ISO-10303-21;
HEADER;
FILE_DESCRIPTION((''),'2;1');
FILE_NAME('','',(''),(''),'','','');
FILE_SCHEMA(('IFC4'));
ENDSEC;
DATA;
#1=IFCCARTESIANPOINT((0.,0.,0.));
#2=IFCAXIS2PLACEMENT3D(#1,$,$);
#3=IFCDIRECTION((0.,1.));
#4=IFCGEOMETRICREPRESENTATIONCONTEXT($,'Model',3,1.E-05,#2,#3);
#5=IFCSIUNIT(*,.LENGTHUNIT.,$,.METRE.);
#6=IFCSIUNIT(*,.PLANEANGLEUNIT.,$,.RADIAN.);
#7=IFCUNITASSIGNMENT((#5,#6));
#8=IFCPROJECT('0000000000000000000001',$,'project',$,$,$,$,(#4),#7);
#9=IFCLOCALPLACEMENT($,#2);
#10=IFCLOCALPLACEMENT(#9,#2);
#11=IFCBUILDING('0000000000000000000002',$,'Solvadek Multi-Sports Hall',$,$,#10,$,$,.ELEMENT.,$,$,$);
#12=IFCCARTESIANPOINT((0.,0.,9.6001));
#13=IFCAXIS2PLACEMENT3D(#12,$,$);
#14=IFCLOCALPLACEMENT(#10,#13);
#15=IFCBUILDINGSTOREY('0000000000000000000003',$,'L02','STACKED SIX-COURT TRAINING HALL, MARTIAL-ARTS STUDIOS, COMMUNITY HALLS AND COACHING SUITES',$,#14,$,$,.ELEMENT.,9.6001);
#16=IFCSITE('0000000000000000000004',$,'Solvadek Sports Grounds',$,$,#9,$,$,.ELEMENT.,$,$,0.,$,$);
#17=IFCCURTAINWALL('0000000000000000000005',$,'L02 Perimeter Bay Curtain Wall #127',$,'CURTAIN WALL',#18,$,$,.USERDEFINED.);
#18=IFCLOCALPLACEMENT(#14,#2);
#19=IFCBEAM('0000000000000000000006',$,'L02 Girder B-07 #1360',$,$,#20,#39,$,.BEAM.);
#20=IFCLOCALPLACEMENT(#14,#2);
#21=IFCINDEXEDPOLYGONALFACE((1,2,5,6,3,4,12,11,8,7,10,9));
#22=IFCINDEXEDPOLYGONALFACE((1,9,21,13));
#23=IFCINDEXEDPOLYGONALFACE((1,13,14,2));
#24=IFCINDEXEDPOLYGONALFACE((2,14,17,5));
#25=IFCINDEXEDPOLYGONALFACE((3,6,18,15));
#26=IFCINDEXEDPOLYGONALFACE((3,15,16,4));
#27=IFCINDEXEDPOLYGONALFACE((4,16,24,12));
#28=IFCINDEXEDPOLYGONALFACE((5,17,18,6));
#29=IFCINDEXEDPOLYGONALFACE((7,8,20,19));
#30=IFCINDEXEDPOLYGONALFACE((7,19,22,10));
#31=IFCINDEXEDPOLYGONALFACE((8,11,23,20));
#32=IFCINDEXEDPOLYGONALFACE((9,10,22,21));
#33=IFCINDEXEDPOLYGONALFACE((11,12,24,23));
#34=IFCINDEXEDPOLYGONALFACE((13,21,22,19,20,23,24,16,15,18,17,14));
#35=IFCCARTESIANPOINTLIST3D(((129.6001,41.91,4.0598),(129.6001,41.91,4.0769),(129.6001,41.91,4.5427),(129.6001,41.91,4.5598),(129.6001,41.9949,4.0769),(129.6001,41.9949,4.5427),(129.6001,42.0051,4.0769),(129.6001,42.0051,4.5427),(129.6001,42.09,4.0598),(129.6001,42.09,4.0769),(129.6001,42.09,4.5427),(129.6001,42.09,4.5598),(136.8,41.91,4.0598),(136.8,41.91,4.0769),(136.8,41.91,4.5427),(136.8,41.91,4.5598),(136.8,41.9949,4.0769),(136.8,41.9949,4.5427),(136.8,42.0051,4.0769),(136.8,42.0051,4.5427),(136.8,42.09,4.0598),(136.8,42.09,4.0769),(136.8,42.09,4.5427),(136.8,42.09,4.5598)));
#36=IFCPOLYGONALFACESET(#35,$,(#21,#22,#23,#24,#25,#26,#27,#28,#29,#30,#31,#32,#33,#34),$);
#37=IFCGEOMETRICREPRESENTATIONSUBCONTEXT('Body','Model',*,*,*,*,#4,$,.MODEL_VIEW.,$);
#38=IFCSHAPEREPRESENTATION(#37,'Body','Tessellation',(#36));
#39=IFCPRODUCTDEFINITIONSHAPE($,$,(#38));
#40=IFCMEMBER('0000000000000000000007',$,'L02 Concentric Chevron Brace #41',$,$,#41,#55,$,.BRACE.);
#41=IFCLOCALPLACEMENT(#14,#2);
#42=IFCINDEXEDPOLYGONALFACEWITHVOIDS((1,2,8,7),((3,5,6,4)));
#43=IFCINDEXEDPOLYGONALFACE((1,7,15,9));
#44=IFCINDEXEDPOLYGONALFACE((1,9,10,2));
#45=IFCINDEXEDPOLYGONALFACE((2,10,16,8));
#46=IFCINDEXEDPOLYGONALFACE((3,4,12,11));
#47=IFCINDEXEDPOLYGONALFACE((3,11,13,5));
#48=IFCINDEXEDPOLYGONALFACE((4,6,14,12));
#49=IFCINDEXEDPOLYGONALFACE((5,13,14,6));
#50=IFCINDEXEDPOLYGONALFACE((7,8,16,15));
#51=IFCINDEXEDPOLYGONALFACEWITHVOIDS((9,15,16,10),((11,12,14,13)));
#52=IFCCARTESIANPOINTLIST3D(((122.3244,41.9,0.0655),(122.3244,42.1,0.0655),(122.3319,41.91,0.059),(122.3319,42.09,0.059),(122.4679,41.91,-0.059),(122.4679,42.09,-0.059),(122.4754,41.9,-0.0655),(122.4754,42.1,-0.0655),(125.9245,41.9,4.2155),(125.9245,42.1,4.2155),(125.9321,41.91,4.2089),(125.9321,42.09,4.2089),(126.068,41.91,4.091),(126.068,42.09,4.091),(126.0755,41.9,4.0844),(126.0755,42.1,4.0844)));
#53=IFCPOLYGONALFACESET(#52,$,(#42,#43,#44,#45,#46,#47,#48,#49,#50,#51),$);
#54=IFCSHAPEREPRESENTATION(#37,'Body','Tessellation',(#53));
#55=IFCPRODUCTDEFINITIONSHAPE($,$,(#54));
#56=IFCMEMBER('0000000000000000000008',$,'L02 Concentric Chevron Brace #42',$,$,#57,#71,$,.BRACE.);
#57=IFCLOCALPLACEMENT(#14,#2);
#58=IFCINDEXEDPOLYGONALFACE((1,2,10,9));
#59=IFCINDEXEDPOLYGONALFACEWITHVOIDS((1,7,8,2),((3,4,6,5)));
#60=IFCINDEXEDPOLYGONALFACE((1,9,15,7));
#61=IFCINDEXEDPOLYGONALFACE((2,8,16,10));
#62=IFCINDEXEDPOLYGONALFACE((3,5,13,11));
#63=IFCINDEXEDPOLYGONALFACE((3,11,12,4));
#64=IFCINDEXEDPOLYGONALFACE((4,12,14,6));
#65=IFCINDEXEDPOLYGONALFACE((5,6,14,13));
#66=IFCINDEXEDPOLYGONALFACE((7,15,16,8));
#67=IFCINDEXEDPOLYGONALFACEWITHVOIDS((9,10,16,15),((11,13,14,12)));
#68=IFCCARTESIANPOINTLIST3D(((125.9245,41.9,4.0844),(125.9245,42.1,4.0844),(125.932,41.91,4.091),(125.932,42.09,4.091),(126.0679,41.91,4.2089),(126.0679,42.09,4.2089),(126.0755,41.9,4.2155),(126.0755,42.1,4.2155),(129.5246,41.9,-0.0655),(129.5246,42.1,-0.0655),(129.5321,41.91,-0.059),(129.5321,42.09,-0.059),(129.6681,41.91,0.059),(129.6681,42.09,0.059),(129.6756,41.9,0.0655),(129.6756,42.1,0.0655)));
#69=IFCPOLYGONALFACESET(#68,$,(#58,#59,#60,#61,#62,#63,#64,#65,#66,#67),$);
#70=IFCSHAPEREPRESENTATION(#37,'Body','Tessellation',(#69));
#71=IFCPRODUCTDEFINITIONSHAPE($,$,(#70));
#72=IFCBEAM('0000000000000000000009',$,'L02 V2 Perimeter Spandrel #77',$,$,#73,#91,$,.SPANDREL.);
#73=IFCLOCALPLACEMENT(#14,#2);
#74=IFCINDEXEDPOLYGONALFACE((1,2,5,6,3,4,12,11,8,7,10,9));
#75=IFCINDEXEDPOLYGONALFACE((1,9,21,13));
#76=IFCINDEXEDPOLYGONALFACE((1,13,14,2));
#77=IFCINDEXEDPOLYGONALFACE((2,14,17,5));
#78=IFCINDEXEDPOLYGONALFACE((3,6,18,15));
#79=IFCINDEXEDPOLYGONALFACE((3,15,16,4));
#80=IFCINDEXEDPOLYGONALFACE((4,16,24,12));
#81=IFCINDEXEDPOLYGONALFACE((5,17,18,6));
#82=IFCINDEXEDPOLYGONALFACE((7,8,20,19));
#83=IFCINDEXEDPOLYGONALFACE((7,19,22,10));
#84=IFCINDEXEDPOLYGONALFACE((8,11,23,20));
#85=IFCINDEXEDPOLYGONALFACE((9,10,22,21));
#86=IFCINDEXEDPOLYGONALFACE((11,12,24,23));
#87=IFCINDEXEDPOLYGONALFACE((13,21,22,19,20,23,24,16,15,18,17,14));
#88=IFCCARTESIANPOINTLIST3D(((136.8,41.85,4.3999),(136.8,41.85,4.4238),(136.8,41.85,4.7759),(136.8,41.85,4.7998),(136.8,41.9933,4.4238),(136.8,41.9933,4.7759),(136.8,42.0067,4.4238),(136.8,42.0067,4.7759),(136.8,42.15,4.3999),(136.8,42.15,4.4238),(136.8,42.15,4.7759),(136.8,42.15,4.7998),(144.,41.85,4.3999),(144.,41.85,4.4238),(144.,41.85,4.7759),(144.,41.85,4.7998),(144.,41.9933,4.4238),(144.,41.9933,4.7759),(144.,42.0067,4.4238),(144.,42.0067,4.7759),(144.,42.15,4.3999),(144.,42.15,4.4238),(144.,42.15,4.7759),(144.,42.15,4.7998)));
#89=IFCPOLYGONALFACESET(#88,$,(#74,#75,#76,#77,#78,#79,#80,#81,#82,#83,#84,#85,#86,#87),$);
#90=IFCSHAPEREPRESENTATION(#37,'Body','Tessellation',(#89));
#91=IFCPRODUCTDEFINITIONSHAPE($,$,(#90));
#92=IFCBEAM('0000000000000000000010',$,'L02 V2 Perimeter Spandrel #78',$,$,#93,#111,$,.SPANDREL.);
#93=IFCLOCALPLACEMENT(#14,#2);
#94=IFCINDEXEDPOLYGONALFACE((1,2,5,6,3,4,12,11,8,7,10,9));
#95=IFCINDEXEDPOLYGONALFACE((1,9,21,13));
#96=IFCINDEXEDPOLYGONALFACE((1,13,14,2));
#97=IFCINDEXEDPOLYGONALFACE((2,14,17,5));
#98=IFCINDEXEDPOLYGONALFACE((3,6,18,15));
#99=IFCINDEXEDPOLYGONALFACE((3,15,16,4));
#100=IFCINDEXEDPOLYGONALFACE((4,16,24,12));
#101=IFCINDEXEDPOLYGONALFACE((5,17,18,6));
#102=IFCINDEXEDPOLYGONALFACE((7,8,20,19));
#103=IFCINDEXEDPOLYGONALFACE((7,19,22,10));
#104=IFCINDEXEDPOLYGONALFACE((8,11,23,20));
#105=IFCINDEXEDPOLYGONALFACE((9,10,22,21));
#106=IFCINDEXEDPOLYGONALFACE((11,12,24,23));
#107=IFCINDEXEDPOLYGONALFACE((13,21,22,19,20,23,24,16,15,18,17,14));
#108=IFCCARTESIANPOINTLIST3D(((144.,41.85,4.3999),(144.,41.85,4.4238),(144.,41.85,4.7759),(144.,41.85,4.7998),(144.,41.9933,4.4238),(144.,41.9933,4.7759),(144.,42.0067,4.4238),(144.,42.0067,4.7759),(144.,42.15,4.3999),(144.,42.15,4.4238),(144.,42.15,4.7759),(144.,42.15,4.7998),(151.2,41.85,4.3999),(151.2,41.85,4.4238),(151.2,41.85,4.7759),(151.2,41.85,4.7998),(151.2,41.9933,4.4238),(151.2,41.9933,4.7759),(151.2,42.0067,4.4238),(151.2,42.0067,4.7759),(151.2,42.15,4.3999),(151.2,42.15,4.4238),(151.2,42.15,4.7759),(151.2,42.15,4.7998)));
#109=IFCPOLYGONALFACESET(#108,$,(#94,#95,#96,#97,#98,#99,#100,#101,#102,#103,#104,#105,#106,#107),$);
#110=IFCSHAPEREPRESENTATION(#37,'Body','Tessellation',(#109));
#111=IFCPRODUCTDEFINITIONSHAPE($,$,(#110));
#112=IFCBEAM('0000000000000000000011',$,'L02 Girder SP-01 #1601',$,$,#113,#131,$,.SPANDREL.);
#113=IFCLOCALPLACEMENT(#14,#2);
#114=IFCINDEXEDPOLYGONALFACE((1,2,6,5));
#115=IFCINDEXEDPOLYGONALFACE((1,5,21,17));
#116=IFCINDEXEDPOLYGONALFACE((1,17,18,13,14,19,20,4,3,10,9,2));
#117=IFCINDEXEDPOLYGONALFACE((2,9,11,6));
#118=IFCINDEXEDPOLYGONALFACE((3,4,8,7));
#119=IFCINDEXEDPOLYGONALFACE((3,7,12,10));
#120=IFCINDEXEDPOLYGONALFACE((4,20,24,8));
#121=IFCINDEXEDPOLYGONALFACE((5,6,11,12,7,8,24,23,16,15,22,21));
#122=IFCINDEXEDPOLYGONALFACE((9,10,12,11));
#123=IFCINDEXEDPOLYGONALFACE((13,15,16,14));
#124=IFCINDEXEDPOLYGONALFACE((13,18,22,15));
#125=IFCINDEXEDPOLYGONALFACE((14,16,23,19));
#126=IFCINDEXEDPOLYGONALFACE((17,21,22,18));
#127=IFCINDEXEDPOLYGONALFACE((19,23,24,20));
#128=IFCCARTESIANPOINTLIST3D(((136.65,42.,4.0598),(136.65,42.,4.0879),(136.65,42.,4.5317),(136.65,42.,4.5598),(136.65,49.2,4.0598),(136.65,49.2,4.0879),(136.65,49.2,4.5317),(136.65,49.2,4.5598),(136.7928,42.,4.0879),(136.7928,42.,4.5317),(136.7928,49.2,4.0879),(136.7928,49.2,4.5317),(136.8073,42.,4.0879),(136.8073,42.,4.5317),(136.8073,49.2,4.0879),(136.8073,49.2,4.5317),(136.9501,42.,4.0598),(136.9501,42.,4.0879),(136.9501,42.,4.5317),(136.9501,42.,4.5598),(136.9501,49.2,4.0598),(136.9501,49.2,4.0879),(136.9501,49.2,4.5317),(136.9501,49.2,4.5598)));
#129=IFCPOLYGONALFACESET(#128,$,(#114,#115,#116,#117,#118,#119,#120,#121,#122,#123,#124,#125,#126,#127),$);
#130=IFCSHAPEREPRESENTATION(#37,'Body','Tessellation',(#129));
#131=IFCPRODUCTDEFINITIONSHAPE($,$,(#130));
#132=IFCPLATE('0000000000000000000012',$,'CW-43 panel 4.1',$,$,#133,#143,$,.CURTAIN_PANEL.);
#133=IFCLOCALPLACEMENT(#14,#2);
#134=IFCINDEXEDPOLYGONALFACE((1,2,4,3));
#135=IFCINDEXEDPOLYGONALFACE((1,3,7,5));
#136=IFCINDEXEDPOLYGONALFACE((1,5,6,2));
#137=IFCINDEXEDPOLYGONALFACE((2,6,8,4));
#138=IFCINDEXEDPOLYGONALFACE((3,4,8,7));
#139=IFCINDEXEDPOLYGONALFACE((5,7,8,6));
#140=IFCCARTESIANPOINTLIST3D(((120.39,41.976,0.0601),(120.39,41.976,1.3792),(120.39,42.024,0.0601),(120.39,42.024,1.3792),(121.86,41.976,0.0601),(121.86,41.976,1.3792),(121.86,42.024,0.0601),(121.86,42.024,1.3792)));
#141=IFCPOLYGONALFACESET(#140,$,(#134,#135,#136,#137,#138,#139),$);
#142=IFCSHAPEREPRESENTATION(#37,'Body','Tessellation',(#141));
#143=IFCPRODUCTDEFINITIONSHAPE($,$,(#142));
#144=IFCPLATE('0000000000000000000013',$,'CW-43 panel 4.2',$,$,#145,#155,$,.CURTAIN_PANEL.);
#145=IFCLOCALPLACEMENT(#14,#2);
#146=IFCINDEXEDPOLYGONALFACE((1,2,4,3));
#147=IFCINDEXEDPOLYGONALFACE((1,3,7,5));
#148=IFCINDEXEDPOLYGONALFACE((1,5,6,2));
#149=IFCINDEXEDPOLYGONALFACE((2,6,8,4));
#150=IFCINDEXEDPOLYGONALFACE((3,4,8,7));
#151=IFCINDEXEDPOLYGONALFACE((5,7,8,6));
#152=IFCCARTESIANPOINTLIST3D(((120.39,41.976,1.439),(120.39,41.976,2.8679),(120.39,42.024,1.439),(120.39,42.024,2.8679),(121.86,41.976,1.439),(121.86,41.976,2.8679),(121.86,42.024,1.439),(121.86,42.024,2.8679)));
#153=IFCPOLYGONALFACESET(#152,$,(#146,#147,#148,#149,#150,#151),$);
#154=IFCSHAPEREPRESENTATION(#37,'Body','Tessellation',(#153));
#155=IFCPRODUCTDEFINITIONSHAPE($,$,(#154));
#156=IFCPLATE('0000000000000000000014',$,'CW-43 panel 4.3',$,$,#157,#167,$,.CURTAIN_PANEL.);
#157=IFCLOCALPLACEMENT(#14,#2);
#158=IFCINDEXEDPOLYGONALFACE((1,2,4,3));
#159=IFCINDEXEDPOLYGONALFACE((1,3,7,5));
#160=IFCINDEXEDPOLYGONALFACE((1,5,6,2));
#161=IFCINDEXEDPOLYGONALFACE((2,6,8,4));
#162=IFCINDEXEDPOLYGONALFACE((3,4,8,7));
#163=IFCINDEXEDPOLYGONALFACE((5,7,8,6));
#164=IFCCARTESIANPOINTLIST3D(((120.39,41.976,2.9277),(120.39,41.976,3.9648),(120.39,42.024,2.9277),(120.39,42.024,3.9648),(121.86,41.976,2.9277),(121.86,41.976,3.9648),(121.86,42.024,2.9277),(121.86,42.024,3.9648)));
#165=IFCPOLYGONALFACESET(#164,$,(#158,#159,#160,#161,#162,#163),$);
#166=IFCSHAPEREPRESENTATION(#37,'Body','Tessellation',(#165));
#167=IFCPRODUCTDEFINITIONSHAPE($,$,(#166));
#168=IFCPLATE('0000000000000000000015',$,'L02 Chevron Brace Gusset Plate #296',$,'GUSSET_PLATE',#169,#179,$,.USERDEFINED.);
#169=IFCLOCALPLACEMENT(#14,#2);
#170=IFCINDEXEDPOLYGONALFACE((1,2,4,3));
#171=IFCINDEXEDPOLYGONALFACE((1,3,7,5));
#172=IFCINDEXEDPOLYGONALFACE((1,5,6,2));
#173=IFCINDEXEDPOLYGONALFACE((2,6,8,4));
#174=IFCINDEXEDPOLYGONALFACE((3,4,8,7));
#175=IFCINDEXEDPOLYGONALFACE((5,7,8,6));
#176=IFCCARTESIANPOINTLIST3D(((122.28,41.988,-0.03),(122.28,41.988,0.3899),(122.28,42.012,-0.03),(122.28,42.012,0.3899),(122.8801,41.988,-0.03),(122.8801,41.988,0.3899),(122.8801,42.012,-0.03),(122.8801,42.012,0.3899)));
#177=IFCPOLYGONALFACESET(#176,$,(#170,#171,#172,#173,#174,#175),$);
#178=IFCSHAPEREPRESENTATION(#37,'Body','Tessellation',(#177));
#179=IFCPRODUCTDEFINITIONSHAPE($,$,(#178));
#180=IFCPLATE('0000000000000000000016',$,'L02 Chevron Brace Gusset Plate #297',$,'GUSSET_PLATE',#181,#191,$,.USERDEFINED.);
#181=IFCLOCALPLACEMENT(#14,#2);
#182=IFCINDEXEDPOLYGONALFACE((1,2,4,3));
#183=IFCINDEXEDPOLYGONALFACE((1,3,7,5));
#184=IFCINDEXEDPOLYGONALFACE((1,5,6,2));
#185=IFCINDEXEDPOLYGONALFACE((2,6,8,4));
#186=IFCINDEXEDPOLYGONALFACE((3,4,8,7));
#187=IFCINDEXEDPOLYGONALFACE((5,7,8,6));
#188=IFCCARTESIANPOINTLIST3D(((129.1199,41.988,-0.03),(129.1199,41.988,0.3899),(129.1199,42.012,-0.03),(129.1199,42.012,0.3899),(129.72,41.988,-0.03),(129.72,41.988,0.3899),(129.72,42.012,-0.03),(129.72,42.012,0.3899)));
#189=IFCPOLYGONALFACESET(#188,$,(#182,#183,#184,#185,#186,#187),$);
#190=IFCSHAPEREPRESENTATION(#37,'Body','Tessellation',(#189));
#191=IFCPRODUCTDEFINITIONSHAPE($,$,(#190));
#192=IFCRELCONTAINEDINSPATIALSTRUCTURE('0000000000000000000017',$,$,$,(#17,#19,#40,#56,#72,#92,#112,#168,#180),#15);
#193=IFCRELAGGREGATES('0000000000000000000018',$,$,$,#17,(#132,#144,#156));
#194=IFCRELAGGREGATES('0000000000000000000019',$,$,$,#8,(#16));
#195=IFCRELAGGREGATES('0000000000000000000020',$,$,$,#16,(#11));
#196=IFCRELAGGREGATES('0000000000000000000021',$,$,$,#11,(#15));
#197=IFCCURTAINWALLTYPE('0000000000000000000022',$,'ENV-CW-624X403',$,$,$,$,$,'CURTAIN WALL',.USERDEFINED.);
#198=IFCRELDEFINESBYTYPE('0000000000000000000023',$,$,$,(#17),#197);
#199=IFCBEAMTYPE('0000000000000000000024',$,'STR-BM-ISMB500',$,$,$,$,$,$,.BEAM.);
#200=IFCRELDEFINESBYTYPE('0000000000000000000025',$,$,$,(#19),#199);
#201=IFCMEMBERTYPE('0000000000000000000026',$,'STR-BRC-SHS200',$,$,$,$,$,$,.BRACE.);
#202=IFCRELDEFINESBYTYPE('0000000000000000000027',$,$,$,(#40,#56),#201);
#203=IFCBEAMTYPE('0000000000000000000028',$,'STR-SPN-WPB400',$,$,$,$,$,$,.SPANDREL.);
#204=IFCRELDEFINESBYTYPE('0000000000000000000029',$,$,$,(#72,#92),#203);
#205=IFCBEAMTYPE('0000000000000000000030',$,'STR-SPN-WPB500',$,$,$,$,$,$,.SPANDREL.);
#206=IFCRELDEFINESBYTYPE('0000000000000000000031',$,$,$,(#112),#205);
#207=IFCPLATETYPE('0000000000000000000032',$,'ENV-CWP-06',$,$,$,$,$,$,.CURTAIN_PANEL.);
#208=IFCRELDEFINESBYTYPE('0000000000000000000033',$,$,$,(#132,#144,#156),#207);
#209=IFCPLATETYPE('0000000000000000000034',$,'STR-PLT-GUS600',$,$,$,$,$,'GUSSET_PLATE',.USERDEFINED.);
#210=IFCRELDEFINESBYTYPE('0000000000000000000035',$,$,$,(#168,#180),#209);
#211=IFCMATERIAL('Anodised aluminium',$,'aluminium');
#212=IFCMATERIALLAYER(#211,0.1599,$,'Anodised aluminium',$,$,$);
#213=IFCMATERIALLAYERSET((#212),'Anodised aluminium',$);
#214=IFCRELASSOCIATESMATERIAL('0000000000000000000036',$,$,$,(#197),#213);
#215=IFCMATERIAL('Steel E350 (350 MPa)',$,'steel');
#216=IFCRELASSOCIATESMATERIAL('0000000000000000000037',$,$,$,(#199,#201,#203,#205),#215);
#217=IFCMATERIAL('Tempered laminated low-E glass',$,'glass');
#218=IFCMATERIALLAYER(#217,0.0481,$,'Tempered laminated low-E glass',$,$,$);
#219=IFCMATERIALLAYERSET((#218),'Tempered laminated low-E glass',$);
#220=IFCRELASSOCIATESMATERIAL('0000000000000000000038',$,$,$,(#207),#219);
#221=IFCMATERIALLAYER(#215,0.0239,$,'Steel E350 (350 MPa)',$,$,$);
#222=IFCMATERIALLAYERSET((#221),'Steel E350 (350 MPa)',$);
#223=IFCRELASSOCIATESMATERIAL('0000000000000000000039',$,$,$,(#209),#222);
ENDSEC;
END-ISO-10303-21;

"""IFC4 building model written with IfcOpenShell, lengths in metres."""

from ifc_helpers import new_model, si_unit, direction, frame, origin, origin_2d, place, context, subcontext, project, spatial, rectangle, hollow_rectangle, i_section, extrude, material, layer, layer_set, material_profile, profile_set, type_object, element, aggregate, save


model = new_model("IFC4")

# Units and contexts
model_context = context("Model", 3, precision=1e-05, world=origin(), true_north=direction((0.0, 1.0)))
body_context = subcontext(model_context, "Body", "Model", "MODEL_VIEW")
ifc_project = project(units=[si_unit("LENGTHUNIT", "METRE"), si_unit("PLANEANGLEUNIT", "RADIAN")], contexts=[model_context])

# Site, building, storey
site_placement = place(None, origin())
site = spatial("IfcSite", under=ifc_project, at=site_placement, Name="Solvadek Sports Grounds", CompositionType="ELEMENT", RefElevation=0.0)
building_placement = place(site_placement, origin())
building = spatial("IfcBuilding", under=site, at=building_placement, Name="Solvadek Multi-Sports Hall", CompositionType="ELEMENT")
storey_placement = place(building_placement, frame((0.0, 0.0, 9.6001)))
storey = spatial("IfcBuildingStorey", under=building, at=storey_placement, Name="L02", Description="STACKED SIX-COURT TRAINING HALL, MARTIAL-ARTS STUDIOS, COMMUNITY HALLS AND COACHING SUITES", CompositionType="ELEMENT", Elevation=9.6001)

# Shared definitions
ifc_material_1 = material(Name="Steel E350 (350 MPa)", Category="steel")

# Curtain wall
ifc_material_2 = material(Name="Anodised aluminium", Category="aluminium")
ifc_layer_1 = layer(ifc_material_2, 0.1599, Name="Anodised aluminium")
ifc_layer_set_1 = layer_set([ifc_layer_1], Name="Anodised aluminium")
curtain_wall_type = type_object("IfcCurtainWallType", Name="ENV-CW-624X403", ElementType="CURTAIN WALL", PredefinedType="USERDEFINED", material=ifc_layer_set_1)
curtain_wall_placement = place(storey_placement, origin())
curtain_wall = element("IfcCurtainWall", 1, at=curtain_wall_placement, inside=storey, type_object=curtain_wall_type, Name="L02 Perimeter Bay Curtain Wall #127", ObjectType="CURTAIN WALL", PredefinedType="USERDEFINED")

# Beam
ifc_material_profile_1 = material_profile(ifc_material_1, i_section(OverallWidth=0.1799, OverallDepth=0.5, WebThickness=0.0103, FlangeThickness=0.0171, at=origin_2d()), Name="ISMB 500")
ifc_profile_set_1 = profile_set([ifc_material_profile_1], Name="Steel E350 (350 MPa)")
beam_type_1 = type_object("IfcBeamType", Name="STR-BM-ISMB500", PredefinedType="BEAM", material=ifc_profile_set_1)
beam_1_placement = place(storey_placement, frame((129.6001, 42.0, 4.3098), z_axis=(1.0, 0.0, 0.0), x_axis=(0.0, 1.0, 0.0)))
element("IfcBeam", 2, at=beam_1_placement, inside=storey, type_object=beam_type_1, Name="L02 Girder B-07 #1360", PredefinedType="BEAM", context=body_context, shape_type="SweptSolid", body=[
    extrude(i_section(OverallWidth=0.1799, OverallDepth=0.5, WebThickness=0.0103, FlangeThickness=0.0171, at=origin_2d()), origin(), (0.0, 0.0, 1.0), 7.2),
])

# Members
ifc_material_profile_2 = material_profile(ifc_material_1, hollow_rectangle(XDim=0.2, YDim=0.2, WallThickness=0.01, at=origin_2d()), Name="SHS 200x200x10")
ifc_profile_set_2 = profile_set([ifc_material_profile_2], Name="Steel E350 (350 MPa)")
member_type_1 = type_object("IfcMemberType", Name="STR-BRC-SHS200", PredefinedType="BRACE", material=ifc_profile_set_2)
for number, where, z_axis, x_axis, name in (
    (3, (122.3999, 42.0, 0.0), (0.655296, 0.0, 0.755372), (0.0, 1.0, 0.0), "L02 Concentric Chevron Brace #41"),
    (4, (129.6001, 42.0, 0.0), (-0.655296, 0.0, 0.755372), (0.0, -1.0, 0.0), "L02 Concentric Chevron Brace #42"),
):
    element("IfcMember", number, at=place(storey_placement, frame(where, z_axis=z_axis, x_axis=x_axis)), inside=storey, type_object=member_type_1, Name=name, PredefinedType="BRACE", context=body_context, shape_type="SweptSolid", body=[
        extrude(hollow_rectangle(XDim=0.2, YDim=0.2, WallThickness=0.01, at=origin_2d()), origin(), (0.0, 0.0, 1.0), 5.4939),
    ])

# Beams
ifc_material_profile_3 = material_profile(ifc_material_1, i_section(OverallWidth=0.3, OverallDepth=0.3999, WebThickness=0.0134, FlangeThickness=0.0239, at=origin_2d()), Name="WPB 400")
ifc_profile_set_3 = profile_set([ifc_material_profile_3], Name="Steel E350 (350 MPa)")
beam_type_2 = type_object("IfcBeamType", Name="STR-SPN-WPB400", PredefinedType="SPANDREL", material=ifc_profile_set_3)
for number, where, z_axis, x_axis, name in (
    (5, (136.8, 42.0, 4.5999), (1.0, 0.0, 0.0), (0.0, 1.0, 0.0), "L02 V2 Perimeter Spandrel #77"),
    (6, (144.0, 42.0, 4.5999), (1.0, 0.0, 0.0), (0.0, 1.0, 0.0), "L02 V2 Perimeter Spandrel #78"),
):
    element("IfcBeam", number, at=place(storey_placement, frame(where, z_axis=z_axis, x_axis=x_axis)), inside=storey, type_object=beam_type_2, Name=name, PredefinedType="SPANDREL", context=body_context, shape_type="SweptSolid", body=[
        extrude(i_section(OverallWidth=0.3, OverallDepth=0.3999, WebThickness=0.0134, FlangeThickness=0.0239, at=origin_2d()), origin(), (0.0, 0.0, 1.0), 7.2),
    ])
ifc_material_profile_4 = material_profile(ifc_material_1, i_section(OverallWidth=0.3, OverallDepth=0.5, WebThickness=0.0144, FlangeThickness=0.0281, at=origin_2d()), Name="WPB 500")
ifc_profile_set_4 = profile_set([ifc_material_profile_4], Name="Steel E350 (350 MPa)")
beam_type_3 = type_object("IfcBeamType", Name="STR-SPN-WPB500", PredefinedType="SPANDREL", material=ifc_profile_set_4)
beam_2_placement = place(storey_placement, frame((136.8, 42.0, 4.3098), z_axis=(0.0, 1.0, 0.0), x_axis=(-1.0, 0.0, 0.0)))
element("IfcBeam", 7, at=beam_2_placement, inside=storey, type_object=beam_type_3, Name="L02 Girder SP-01 #1601", PredefinedType="SPANDREL", context=body_context, shape_type="SweptSolid", body=[
    extrude(i_section(OverallWidth=0.3, OverallDepth=0.5, WebThickness=0.0144, FlangeThickness=0.0281, at=origin_2d()), origin(), (0.0, 0.0, 1.0), 7.2),
])

# Plates
ifc_material_3 = material(Name="Tempered laminated low-E glass", Category="glass")
ifc_layer_2 = layer(ifc_material_3, 0.0481, Name="Tempered laminated low-E glass")
ifc_layer_set_2 = layer_set([ifc_layer_2], Name="Tempered laminated low-E glass")
plate_type_1 = type_object("IfcPlateType", Name="ENV-CWP-06", PredefinedType="CURTAIN_PANEL", material=ifc_layer_set_2)
plate_1_placement = place(storey_placement, frame((121.125, 42.0, 0.0601), z_axis=(0.0, 0.0, 1.0), x_axis=(1.0, 0.0, 0.0)))
plate_1 = element("IfcPlate", 8, at=plate_1_placement, type_object=plate_type_1, Name="CW-43 panel 4.1", PredefinedType="CURTAIN_PANEL", context=body_context, shape_type="SweptSolid", body=[
    extrude(rectangle(XDim=1.47, YDim=0.0481, at=origin_2d()), origin(), (0.0, 0.0, 1.0), 1.3191),
])
plate_2_placement = place(storey_placement, frame((121.125, 42.0, 1.439), z_axis=(0.0, 0.0, 1.0), x_axis=(1.0, 0.0, 0.0)))
plate_2 = element("IfcPlate", 9, at=plate_2_placement, type_object=plate_type_1, Name="CW-43 panel 4.2", PredefinedType="CURTAIN_PANEL", context=body_context, shape_type="SweptSolid", body=[
    extrude(rectangle(XDim=1.47, YDim=0.0481, at=origin_2d()), origin(), (0.0, 0.0, 1.0), 1.429),
])
plate_3_placement = place(storey_placement, frame((121.125, 42.0, 2.9277), z_axis=(0.0, 0.0, 1.0), x_axis=(1.0, 0.0, 0.0)))
plate_3 = element("IfcPlate", 10, at=plate_3_placement, type_object=plate_type_1, Name="CW-43 panel 4.3", PredefinedType="CURTAIN_PANEL", context=body_context, shape_type="SweptSolid", body=[
    extrude(rectangle(XDim=1.47, YDim=0.0481, at=origin_2d()), origin(), (0.0, 0.0, 1.0), 1.0371),
])
aggregate(curtain_wall, [plate_1, plate_2, plate_3])

# Plates
ifc_layer_3 = layer(ifc_material_1, 0.0239, Name="Steel E350 (350 MPa)")
ifc_layer_set_3 = layer_set([ifc_layer_3], Name="Steel E350 (350 MPa)")
plate_type_2 = type_object("IfcPlateType", Name="STR-PLT-GUS600", ElementType="GUSSET_PLATE", PredefinedType="USERDEFINED", material=ifc_layer_set_3)
for number, where, z_axis, x_axis, name in (
    (11, (122.5801, 42.0, -0.03), (0.0, 0.0, 1.0), (1.0, 0.0, 0.0), "L02 Chevron Brace Gusset Plate #296"),
    (12, (129.4199, 42.0, -0.03), (0.0, 0.0, 1.0), (1.0, 0.0, 0.0), "L02 Chevron Brace Gusset Plate #297"),
):
    element("IfcPlate", number, at=place(storey_placement, frame(where, z_axis=z_axis, x_axis=x_axis)), inside=storey, type_object=plate_type_2, Name=name, ObjectType="GUSSET_PLATE", PredefinedType="USERDEFINED", context=body_context, shape_type="SweptSolid", body=[
        extrude(rectangle(XDim=0.6001, YDim=0.0239, at=origin_2d()), origin(), (0.0, 0.0, 1.0), 0.4199),
    ])

save(model, "model.ifc")
